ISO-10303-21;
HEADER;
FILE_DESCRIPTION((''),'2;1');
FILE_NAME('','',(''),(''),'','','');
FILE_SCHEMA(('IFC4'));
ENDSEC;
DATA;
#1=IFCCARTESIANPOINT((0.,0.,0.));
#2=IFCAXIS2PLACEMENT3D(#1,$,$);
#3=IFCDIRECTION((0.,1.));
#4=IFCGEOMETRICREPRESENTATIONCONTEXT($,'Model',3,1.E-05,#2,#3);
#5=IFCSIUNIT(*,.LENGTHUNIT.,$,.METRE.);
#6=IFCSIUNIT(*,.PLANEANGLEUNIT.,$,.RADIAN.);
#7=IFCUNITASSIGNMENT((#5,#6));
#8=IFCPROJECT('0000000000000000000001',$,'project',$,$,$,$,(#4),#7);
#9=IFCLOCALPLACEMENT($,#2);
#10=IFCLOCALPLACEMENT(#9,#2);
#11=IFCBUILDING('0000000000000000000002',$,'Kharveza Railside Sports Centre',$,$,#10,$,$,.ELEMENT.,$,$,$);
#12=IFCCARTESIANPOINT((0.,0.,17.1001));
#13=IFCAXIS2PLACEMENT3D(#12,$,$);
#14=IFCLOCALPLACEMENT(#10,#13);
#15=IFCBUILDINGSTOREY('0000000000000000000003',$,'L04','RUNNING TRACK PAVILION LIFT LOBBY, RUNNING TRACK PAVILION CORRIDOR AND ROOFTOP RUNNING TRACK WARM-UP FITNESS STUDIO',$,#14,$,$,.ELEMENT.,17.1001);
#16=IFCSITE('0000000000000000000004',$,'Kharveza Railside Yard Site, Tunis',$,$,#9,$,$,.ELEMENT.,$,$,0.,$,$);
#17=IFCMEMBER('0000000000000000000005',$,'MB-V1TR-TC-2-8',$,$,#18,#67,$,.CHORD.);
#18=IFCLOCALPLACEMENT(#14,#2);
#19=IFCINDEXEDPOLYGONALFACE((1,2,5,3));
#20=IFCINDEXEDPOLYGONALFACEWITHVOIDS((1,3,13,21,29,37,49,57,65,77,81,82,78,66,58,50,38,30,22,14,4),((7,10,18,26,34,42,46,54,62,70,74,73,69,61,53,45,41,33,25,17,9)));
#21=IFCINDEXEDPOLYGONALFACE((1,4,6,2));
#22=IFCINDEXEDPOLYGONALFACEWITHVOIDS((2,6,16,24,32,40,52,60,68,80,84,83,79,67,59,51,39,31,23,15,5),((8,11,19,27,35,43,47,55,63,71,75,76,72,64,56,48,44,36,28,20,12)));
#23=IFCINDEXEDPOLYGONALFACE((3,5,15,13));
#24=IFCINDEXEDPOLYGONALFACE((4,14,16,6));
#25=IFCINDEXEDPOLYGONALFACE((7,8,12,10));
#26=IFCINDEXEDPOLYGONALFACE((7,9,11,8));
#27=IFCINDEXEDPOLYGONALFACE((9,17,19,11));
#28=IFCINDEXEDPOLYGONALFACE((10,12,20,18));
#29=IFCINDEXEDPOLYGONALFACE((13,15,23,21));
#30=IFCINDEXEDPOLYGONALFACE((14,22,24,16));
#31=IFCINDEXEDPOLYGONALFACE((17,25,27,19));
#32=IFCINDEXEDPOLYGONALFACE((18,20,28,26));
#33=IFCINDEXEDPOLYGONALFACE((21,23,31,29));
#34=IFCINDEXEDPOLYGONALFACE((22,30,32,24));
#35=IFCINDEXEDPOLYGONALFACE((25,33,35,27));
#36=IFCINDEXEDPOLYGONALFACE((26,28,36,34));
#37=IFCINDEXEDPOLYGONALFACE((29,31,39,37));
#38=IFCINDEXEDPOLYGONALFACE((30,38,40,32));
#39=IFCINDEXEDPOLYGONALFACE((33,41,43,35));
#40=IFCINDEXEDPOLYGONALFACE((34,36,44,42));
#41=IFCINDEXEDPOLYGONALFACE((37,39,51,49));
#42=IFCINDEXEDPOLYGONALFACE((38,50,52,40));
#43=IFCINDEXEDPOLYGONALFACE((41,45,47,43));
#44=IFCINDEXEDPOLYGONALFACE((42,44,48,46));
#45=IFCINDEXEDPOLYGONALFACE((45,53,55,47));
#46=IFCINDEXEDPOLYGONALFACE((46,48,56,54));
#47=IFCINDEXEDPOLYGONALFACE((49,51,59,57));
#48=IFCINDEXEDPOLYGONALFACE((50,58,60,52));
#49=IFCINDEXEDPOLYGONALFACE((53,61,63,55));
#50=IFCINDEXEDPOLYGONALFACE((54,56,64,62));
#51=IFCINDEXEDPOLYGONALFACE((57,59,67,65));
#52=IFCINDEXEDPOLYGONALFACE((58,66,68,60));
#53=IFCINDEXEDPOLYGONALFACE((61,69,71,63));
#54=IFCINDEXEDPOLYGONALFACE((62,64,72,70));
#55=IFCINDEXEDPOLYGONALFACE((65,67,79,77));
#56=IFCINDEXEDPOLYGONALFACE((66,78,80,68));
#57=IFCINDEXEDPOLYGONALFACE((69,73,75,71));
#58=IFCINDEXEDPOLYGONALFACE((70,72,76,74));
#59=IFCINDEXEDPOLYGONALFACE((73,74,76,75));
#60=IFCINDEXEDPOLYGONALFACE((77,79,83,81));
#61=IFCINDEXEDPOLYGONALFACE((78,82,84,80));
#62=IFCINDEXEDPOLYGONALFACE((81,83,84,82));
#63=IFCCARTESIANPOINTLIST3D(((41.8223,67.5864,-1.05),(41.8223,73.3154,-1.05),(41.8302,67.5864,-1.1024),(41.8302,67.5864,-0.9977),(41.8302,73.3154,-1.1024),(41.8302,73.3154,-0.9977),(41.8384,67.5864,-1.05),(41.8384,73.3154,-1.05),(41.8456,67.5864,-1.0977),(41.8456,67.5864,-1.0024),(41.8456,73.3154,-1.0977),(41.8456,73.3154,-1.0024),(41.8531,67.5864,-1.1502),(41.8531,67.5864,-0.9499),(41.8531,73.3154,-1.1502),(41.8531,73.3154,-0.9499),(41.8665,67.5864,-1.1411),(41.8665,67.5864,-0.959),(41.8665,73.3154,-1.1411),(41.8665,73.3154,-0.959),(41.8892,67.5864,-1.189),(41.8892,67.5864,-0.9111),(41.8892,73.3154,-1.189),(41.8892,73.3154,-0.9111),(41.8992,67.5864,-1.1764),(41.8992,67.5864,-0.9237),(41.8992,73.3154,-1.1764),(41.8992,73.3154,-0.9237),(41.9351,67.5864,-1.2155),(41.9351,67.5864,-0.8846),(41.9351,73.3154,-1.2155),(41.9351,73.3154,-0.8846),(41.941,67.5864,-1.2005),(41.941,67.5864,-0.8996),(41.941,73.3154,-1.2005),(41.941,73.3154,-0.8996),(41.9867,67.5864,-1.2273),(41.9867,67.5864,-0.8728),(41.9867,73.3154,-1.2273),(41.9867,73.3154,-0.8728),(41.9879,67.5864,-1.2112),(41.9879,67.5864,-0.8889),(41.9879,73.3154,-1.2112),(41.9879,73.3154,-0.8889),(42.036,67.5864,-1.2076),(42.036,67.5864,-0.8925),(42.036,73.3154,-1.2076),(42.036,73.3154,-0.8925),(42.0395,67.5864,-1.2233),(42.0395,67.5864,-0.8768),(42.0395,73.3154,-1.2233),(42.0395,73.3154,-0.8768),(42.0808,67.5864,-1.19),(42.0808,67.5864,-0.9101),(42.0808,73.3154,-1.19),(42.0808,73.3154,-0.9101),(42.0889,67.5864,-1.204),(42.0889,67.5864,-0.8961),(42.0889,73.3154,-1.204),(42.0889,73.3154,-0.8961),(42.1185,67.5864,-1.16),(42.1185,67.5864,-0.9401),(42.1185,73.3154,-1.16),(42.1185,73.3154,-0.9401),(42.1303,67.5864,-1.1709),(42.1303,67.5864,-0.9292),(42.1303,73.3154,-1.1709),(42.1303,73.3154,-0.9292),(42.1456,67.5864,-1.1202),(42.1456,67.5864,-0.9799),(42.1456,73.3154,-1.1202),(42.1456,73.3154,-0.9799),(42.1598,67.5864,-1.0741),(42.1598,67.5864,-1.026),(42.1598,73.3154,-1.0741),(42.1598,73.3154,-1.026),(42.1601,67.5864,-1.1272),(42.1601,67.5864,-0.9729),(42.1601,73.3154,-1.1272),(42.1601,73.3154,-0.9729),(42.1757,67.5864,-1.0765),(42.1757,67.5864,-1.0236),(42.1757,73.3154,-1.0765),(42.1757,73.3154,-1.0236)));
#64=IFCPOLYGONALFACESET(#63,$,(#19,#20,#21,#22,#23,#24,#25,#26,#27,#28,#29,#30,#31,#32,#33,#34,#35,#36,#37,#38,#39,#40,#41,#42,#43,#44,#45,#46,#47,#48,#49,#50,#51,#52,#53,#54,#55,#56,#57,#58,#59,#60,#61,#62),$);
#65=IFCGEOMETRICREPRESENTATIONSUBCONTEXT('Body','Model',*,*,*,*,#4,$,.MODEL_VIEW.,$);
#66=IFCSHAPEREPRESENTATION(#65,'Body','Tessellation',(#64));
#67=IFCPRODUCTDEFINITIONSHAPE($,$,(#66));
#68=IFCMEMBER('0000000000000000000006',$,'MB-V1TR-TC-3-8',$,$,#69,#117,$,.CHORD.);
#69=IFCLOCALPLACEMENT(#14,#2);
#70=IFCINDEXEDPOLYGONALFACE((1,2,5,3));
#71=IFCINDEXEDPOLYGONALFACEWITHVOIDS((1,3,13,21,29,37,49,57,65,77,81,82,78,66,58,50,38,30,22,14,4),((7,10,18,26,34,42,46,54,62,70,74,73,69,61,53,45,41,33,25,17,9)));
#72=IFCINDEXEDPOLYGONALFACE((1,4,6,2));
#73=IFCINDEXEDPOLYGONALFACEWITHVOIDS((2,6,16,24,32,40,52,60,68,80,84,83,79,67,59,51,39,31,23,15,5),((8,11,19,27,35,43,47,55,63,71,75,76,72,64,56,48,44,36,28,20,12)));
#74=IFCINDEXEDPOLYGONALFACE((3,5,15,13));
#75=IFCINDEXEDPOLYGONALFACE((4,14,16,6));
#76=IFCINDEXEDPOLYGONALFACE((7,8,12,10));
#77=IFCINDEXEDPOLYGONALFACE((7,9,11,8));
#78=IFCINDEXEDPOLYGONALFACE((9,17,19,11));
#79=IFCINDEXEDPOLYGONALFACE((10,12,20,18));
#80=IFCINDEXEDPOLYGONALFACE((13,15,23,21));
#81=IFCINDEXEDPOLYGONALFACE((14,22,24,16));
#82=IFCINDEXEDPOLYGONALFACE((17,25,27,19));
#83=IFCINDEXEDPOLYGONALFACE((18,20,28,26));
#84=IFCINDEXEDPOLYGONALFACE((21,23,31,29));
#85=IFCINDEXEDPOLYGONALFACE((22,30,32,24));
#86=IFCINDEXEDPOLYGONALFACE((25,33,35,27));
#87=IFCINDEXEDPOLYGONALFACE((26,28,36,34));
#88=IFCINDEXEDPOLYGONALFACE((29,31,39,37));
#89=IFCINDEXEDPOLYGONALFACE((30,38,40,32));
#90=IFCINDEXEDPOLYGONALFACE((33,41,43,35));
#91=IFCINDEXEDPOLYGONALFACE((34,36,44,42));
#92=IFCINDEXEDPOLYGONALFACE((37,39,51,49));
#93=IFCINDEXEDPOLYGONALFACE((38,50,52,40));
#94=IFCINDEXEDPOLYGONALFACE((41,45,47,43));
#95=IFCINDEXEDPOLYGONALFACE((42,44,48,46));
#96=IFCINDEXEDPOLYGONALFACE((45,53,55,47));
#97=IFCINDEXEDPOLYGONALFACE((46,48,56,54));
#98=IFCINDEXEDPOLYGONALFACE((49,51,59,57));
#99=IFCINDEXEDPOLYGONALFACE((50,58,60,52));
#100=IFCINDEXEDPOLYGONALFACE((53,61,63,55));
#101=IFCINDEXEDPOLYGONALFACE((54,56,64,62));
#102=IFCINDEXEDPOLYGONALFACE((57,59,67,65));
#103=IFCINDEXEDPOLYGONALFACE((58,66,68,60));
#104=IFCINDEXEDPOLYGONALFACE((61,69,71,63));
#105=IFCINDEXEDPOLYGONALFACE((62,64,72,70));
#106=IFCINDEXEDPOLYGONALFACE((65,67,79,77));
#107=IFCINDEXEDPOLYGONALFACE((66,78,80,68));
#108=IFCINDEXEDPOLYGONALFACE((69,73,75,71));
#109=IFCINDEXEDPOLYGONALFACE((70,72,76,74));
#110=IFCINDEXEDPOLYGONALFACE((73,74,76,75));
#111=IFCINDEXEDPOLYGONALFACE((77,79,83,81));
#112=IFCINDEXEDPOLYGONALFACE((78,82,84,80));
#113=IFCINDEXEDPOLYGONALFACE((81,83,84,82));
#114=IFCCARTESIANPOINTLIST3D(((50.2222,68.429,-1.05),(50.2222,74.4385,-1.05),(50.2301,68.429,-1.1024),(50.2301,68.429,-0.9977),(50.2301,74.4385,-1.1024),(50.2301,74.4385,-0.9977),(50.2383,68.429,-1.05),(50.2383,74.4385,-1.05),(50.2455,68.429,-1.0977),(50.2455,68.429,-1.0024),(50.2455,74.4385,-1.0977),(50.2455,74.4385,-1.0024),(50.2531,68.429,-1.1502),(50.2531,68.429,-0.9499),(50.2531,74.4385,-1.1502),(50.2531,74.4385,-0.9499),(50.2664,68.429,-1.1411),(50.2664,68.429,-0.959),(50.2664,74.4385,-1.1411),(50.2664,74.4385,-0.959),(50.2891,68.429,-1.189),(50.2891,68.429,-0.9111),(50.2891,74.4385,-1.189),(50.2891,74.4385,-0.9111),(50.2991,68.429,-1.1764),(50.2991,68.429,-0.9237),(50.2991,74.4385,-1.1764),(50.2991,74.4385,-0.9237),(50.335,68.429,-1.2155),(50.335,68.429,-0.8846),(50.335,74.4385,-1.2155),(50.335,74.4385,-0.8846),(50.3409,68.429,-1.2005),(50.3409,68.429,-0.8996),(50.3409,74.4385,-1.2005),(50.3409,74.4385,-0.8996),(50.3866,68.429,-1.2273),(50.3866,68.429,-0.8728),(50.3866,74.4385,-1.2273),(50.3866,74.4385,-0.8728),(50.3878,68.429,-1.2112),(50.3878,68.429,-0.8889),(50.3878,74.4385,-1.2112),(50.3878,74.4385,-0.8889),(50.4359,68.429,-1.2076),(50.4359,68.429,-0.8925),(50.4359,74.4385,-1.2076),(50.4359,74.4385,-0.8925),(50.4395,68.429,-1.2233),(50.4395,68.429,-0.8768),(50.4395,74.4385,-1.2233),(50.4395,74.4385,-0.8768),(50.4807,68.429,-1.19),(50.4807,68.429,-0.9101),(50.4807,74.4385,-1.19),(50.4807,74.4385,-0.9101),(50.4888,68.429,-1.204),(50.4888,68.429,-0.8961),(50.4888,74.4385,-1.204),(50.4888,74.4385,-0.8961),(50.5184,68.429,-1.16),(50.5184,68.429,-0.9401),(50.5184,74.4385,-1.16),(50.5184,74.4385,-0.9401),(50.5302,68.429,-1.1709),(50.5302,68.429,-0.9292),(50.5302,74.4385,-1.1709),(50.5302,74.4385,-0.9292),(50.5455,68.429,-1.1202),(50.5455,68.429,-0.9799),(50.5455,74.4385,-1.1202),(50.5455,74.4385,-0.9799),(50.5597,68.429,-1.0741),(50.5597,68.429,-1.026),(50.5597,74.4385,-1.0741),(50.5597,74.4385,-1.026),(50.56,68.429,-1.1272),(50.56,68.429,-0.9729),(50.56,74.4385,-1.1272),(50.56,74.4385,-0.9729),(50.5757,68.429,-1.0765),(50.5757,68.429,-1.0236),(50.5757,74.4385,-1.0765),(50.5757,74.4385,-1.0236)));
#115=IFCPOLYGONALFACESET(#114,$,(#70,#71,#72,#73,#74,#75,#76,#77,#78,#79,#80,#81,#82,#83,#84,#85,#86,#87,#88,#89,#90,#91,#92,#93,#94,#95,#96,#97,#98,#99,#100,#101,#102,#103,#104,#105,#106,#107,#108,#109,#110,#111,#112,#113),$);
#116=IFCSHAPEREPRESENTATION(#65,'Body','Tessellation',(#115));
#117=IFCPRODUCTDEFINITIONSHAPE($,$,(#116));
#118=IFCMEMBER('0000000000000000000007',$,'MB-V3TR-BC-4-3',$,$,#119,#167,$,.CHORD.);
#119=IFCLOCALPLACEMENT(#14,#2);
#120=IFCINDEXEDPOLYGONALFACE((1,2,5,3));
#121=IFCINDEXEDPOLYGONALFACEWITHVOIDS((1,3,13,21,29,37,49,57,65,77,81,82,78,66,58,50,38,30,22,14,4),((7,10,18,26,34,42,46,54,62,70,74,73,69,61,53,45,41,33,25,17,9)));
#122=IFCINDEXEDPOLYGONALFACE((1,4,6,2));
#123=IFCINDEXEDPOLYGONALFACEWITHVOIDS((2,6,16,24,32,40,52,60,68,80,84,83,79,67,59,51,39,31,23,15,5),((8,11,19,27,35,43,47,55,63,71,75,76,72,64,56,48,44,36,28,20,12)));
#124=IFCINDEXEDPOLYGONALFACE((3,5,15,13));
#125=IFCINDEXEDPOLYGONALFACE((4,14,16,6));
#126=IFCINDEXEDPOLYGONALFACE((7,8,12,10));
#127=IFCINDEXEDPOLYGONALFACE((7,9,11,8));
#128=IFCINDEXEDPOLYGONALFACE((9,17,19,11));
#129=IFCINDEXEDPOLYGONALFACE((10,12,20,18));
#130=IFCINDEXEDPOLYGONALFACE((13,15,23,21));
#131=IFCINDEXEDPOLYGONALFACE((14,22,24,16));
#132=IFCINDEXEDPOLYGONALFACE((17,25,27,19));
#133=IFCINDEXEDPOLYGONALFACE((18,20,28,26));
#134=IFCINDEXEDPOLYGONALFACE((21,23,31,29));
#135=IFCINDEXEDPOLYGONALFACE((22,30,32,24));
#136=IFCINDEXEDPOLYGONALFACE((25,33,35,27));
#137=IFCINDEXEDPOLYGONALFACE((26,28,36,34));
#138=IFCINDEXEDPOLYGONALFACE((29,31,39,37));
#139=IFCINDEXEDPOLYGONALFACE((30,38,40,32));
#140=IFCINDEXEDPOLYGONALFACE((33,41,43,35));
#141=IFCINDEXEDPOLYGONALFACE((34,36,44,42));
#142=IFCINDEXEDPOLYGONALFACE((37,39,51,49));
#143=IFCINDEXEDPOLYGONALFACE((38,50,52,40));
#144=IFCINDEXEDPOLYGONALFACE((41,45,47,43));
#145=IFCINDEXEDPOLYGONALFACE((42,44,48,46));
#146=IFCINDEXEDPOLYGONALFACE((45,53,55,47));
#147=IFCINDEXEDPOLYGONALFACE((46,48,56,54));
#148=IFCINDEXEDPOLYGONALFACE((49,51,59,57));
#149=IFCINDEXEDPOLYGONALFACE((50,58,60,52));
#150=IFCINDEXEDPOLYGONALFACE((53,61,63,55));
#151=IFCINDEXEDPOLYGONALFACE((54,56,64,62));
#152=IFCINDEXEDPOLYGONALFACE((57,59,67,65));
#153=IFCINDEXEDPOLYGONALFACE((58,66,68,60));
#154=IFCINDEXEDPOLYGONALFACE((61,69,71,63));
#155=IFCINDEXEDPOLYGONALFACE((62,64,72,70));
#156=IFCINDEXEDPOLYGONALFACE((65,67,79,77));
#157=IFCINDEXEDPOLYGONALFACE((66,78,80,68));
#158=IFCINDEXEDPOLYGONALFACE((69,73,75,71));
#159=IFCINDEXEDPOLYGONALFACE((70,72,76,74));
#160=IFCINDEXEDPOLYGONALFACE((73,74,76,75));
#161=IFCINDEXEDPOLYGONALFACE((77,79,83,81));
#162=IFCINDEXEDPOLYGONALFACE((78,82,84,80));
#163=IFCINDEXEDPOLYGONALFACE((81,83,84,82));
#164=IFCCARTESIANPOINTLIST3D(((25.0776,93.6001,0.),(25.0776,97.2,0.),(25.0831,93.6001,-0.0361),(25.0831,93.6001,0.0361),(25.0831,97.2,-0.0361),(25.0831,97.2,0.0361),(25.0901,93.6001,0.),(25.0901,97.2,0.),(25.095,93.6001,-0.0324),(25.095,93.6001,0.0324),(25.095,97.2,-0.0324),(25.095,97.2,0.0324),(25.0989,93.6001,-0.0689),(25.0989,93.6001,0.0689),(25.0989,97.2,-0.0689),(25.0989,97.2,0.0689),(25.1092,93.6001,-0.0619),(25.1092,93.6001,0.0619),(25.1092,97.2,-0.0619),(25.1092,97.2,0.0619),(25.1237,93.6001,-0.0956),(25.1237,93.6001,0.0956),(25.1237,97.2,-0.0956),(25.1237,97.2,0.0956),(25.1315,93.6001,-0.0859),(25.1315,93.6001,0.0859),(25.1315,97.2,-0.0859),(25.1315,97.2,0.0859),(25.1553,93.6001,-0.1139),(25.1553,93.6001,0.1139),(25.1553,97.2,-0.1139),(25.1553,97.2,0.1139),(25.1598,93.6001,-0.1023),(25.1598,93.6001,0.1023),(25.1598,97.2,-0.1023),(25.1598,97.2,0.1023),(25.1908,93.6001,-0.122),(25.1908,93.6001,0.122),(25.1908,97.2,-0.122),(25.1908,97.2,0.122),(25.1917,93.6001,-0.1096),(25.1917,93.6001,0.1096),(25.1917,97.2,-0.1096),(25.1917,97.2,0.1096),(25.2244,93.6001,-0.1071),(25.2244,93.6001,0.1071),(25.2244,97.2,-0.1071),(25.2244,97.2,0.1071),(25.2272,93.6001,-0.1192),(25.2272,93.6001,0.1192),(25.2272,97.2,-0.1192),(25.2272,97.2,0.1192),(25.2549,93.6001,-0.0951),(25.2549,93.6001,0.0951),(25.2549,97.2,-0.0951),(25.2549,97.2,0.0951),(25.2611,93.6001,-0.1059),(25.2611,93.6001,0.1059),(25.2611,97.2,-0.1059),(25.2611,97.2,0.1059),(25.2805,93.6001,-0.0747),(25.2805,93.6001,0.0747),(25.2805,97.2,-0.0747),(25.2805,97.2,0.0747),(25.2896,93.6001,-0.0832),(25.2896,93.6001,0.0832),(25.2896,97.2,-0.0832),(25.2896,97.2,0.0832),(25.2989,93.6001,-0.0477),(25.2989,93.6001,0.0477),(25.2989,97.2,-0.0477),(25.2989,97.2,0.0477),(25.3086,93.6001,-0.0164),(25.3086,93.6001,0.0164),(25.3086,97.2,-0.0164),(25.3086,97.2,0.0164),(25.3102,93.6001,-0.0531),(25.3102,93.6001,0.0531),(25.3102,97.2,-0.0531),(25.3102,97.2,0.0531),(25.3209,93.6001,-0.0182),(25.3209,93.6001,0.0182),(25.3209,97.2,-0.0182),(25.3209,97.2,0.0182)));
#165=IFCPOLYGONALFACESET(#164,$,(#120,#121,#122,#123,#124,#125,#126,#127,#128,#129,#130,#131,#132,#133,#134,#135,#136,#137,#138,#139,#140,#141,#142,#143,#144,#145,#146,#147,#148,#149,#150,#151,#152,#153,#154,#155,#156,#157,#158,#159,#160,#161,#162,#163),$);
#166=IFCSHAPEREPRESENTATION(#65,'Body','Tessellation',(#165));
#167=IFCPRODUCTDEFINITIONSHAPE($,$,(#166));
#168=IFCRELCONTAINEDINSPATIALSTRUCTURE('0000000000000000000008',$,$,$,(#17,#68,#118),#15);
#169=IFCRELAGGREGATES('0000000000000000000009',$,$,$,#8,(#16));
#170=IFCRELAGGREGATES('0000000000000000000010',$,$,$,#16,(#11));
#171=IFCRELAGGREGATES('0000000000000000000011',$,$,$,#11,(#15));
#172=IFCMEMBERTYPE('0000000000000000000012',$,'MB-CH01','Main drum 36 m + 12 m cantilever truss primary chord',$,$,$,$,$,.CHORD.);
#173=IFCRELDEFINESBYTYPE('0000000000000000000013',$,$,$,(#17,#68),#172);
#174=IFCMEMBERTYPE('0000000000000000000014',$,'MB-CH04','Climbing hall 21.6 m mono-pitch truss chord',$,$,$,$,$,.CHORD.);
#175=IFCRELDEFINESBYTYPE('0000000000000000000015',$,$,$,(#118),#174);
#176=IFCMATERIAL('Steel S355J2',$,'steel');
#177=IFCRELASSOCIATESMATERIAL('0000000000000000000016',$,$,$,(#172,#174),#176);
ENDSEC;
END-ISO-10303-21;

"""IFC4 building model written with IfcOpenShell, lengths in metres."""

from ifc_helpers import new_model, si_unit, direction, frame, origin, origin_2d, place, context, subcontext, project, spatial, hollow_circle, extrude, material, material_profile, profile_set, type_object, element, save


model = new_model("IFC4")

# Units and contexts
model_context = context("Model", 3, precision=1e-05, world=origin(), true_north=direction((0.0, 1.0)))
body_context = subcontext(model_context, "Body", "Model", "MODEL_VIEW")
ifc_project = project(units=[si_unit("LENGTHUNIT", "METRE"), si_unit("PLANEANGLEUNIT", "RADIAN")], contexts=[model_context])

# Site, building, storey
site_placement = place(None, origin())
site = spatial("IfcSite", under=ifc_project, at=site_placement, Name="Kharveza Railside Yard Site, Tunis", CompositionType="ELEMENT", RefElevation=0.0)
building_placement = place(site_placement, origin())
building = spatial("IfcBuilding", under=site, at=building_placement, Name="Kharveza Railside Sports Centre", CompositionType="ELEMENT")
storey_placement = place(building_placement, frame((0.0, 0.0, 17.1001)))
storey = spatial("IfcBuildingStorey", under=building, at=storey_placement, Name="L04", Description="RUNNING TRACK PAVILION LIFT LOBBY, RUNNING TRACK PAVILION CORRIDOR AND ROOFTOP RUNNING TRACK WARM-UP FITNESS STUDIO", CompositionType="ELEMENT", Elevation=17.1001)

# Members
ifc_material_1 = material(Name="Steel S355J2", Category="steel")
ifc_material_profile_1 = material_profile(ifc_material_1, hollow_circle(Radius=0.1777, WallThickness=0.0161, at=origin_2d()), Name="CHS 355.6x16.0")
ifc_profile_set_1 = profile_set([ifc_material_profile_1], Name="Steel S355J2")
member_type_1 = type_object("IfcMemberType", Name="MB-CH01", Description="Main drum 36 m + 12 m cantilever truss primary chord", PredefinedType="CHORD", material=ifc_profile_set_1)
member_1_placement = place(storey_placement, frame((42.0, 67.5864, -1.05), z_axis=(0.0, 1.0, 0.0), x_axis=(-1.0, 0.0, 0.0)))
element("IfcMember", 1, at=member_1_placement, inside=storey, type_object=member_type_1, Name="MB-V1TR-TC-2-8", PredefinedType="CHORD", context=body_context, shape_type="SweptSolid", body=[
    extrude(hollow_circle(Radius=0.1777, WallThickness=0.0161, at=origin_2d()), origin(), (0.0, 0.0, 1.0), 5.729),
])
member_2_placement = place(storey_placement, frame((50.3999, 68.429, -1.05), z_axis=(0.0, 1.0, 0.0), x_axis=(-1.0, 0.0, 0.0)))
element("IfcMember", 2, at=member_2_placement, inside=storey, type_object=member_type_1, Name="MB-V1TR-TC-3-8", PredefinedType="CHORD", context=body_context, shape_type="SweptSolid", body=[
    extrude(hollow_circle(Radius=0.1777, WallThickness=0.0161, at=origin_2d()), origin(), (0.0, 0.0, 1.0), 6.0095),
])
ifc_material_profile_2 = material_profile(ifc_material_1, hollow_circle(Radius=0.1223, WallThickness=0.0125, at=origin_2d()), Name="CHS 244.5x12.5")
ifc_profile_set_2 = profile_set([ifc_material_profile_2], Name="Steel S355J2")
member_type_2 = type_object("IfcMemberType", Name="MB-CH04", Description="Climbing hall 21.6 m mono-pitch truss chord", PredefinedType="CHORD", material=ifc_profile_set_2)
member_3_placement = place(storey_placement, frame((25.2, 93.6001, 0.0), z_axis=(0.0, 1.0, 0.0), x_axis=(-1.0, 0.0, 0.0)))
element("IfcMember", 3, at=member_3_placement, inside=storey, type_object=member_type_2, Name="MB-V3TR-BC-4-3", PredefinedType="CHORD", context=body_context, shape_type="SweptSolid", body=[
    extrude(hollow_circle(Radius=0.1223, WallThickness=0.0125, at=origin_2d()), origin(), (0.0, 0.0, 1.0), 3.5999),
])

save(model, "model.ifc")
